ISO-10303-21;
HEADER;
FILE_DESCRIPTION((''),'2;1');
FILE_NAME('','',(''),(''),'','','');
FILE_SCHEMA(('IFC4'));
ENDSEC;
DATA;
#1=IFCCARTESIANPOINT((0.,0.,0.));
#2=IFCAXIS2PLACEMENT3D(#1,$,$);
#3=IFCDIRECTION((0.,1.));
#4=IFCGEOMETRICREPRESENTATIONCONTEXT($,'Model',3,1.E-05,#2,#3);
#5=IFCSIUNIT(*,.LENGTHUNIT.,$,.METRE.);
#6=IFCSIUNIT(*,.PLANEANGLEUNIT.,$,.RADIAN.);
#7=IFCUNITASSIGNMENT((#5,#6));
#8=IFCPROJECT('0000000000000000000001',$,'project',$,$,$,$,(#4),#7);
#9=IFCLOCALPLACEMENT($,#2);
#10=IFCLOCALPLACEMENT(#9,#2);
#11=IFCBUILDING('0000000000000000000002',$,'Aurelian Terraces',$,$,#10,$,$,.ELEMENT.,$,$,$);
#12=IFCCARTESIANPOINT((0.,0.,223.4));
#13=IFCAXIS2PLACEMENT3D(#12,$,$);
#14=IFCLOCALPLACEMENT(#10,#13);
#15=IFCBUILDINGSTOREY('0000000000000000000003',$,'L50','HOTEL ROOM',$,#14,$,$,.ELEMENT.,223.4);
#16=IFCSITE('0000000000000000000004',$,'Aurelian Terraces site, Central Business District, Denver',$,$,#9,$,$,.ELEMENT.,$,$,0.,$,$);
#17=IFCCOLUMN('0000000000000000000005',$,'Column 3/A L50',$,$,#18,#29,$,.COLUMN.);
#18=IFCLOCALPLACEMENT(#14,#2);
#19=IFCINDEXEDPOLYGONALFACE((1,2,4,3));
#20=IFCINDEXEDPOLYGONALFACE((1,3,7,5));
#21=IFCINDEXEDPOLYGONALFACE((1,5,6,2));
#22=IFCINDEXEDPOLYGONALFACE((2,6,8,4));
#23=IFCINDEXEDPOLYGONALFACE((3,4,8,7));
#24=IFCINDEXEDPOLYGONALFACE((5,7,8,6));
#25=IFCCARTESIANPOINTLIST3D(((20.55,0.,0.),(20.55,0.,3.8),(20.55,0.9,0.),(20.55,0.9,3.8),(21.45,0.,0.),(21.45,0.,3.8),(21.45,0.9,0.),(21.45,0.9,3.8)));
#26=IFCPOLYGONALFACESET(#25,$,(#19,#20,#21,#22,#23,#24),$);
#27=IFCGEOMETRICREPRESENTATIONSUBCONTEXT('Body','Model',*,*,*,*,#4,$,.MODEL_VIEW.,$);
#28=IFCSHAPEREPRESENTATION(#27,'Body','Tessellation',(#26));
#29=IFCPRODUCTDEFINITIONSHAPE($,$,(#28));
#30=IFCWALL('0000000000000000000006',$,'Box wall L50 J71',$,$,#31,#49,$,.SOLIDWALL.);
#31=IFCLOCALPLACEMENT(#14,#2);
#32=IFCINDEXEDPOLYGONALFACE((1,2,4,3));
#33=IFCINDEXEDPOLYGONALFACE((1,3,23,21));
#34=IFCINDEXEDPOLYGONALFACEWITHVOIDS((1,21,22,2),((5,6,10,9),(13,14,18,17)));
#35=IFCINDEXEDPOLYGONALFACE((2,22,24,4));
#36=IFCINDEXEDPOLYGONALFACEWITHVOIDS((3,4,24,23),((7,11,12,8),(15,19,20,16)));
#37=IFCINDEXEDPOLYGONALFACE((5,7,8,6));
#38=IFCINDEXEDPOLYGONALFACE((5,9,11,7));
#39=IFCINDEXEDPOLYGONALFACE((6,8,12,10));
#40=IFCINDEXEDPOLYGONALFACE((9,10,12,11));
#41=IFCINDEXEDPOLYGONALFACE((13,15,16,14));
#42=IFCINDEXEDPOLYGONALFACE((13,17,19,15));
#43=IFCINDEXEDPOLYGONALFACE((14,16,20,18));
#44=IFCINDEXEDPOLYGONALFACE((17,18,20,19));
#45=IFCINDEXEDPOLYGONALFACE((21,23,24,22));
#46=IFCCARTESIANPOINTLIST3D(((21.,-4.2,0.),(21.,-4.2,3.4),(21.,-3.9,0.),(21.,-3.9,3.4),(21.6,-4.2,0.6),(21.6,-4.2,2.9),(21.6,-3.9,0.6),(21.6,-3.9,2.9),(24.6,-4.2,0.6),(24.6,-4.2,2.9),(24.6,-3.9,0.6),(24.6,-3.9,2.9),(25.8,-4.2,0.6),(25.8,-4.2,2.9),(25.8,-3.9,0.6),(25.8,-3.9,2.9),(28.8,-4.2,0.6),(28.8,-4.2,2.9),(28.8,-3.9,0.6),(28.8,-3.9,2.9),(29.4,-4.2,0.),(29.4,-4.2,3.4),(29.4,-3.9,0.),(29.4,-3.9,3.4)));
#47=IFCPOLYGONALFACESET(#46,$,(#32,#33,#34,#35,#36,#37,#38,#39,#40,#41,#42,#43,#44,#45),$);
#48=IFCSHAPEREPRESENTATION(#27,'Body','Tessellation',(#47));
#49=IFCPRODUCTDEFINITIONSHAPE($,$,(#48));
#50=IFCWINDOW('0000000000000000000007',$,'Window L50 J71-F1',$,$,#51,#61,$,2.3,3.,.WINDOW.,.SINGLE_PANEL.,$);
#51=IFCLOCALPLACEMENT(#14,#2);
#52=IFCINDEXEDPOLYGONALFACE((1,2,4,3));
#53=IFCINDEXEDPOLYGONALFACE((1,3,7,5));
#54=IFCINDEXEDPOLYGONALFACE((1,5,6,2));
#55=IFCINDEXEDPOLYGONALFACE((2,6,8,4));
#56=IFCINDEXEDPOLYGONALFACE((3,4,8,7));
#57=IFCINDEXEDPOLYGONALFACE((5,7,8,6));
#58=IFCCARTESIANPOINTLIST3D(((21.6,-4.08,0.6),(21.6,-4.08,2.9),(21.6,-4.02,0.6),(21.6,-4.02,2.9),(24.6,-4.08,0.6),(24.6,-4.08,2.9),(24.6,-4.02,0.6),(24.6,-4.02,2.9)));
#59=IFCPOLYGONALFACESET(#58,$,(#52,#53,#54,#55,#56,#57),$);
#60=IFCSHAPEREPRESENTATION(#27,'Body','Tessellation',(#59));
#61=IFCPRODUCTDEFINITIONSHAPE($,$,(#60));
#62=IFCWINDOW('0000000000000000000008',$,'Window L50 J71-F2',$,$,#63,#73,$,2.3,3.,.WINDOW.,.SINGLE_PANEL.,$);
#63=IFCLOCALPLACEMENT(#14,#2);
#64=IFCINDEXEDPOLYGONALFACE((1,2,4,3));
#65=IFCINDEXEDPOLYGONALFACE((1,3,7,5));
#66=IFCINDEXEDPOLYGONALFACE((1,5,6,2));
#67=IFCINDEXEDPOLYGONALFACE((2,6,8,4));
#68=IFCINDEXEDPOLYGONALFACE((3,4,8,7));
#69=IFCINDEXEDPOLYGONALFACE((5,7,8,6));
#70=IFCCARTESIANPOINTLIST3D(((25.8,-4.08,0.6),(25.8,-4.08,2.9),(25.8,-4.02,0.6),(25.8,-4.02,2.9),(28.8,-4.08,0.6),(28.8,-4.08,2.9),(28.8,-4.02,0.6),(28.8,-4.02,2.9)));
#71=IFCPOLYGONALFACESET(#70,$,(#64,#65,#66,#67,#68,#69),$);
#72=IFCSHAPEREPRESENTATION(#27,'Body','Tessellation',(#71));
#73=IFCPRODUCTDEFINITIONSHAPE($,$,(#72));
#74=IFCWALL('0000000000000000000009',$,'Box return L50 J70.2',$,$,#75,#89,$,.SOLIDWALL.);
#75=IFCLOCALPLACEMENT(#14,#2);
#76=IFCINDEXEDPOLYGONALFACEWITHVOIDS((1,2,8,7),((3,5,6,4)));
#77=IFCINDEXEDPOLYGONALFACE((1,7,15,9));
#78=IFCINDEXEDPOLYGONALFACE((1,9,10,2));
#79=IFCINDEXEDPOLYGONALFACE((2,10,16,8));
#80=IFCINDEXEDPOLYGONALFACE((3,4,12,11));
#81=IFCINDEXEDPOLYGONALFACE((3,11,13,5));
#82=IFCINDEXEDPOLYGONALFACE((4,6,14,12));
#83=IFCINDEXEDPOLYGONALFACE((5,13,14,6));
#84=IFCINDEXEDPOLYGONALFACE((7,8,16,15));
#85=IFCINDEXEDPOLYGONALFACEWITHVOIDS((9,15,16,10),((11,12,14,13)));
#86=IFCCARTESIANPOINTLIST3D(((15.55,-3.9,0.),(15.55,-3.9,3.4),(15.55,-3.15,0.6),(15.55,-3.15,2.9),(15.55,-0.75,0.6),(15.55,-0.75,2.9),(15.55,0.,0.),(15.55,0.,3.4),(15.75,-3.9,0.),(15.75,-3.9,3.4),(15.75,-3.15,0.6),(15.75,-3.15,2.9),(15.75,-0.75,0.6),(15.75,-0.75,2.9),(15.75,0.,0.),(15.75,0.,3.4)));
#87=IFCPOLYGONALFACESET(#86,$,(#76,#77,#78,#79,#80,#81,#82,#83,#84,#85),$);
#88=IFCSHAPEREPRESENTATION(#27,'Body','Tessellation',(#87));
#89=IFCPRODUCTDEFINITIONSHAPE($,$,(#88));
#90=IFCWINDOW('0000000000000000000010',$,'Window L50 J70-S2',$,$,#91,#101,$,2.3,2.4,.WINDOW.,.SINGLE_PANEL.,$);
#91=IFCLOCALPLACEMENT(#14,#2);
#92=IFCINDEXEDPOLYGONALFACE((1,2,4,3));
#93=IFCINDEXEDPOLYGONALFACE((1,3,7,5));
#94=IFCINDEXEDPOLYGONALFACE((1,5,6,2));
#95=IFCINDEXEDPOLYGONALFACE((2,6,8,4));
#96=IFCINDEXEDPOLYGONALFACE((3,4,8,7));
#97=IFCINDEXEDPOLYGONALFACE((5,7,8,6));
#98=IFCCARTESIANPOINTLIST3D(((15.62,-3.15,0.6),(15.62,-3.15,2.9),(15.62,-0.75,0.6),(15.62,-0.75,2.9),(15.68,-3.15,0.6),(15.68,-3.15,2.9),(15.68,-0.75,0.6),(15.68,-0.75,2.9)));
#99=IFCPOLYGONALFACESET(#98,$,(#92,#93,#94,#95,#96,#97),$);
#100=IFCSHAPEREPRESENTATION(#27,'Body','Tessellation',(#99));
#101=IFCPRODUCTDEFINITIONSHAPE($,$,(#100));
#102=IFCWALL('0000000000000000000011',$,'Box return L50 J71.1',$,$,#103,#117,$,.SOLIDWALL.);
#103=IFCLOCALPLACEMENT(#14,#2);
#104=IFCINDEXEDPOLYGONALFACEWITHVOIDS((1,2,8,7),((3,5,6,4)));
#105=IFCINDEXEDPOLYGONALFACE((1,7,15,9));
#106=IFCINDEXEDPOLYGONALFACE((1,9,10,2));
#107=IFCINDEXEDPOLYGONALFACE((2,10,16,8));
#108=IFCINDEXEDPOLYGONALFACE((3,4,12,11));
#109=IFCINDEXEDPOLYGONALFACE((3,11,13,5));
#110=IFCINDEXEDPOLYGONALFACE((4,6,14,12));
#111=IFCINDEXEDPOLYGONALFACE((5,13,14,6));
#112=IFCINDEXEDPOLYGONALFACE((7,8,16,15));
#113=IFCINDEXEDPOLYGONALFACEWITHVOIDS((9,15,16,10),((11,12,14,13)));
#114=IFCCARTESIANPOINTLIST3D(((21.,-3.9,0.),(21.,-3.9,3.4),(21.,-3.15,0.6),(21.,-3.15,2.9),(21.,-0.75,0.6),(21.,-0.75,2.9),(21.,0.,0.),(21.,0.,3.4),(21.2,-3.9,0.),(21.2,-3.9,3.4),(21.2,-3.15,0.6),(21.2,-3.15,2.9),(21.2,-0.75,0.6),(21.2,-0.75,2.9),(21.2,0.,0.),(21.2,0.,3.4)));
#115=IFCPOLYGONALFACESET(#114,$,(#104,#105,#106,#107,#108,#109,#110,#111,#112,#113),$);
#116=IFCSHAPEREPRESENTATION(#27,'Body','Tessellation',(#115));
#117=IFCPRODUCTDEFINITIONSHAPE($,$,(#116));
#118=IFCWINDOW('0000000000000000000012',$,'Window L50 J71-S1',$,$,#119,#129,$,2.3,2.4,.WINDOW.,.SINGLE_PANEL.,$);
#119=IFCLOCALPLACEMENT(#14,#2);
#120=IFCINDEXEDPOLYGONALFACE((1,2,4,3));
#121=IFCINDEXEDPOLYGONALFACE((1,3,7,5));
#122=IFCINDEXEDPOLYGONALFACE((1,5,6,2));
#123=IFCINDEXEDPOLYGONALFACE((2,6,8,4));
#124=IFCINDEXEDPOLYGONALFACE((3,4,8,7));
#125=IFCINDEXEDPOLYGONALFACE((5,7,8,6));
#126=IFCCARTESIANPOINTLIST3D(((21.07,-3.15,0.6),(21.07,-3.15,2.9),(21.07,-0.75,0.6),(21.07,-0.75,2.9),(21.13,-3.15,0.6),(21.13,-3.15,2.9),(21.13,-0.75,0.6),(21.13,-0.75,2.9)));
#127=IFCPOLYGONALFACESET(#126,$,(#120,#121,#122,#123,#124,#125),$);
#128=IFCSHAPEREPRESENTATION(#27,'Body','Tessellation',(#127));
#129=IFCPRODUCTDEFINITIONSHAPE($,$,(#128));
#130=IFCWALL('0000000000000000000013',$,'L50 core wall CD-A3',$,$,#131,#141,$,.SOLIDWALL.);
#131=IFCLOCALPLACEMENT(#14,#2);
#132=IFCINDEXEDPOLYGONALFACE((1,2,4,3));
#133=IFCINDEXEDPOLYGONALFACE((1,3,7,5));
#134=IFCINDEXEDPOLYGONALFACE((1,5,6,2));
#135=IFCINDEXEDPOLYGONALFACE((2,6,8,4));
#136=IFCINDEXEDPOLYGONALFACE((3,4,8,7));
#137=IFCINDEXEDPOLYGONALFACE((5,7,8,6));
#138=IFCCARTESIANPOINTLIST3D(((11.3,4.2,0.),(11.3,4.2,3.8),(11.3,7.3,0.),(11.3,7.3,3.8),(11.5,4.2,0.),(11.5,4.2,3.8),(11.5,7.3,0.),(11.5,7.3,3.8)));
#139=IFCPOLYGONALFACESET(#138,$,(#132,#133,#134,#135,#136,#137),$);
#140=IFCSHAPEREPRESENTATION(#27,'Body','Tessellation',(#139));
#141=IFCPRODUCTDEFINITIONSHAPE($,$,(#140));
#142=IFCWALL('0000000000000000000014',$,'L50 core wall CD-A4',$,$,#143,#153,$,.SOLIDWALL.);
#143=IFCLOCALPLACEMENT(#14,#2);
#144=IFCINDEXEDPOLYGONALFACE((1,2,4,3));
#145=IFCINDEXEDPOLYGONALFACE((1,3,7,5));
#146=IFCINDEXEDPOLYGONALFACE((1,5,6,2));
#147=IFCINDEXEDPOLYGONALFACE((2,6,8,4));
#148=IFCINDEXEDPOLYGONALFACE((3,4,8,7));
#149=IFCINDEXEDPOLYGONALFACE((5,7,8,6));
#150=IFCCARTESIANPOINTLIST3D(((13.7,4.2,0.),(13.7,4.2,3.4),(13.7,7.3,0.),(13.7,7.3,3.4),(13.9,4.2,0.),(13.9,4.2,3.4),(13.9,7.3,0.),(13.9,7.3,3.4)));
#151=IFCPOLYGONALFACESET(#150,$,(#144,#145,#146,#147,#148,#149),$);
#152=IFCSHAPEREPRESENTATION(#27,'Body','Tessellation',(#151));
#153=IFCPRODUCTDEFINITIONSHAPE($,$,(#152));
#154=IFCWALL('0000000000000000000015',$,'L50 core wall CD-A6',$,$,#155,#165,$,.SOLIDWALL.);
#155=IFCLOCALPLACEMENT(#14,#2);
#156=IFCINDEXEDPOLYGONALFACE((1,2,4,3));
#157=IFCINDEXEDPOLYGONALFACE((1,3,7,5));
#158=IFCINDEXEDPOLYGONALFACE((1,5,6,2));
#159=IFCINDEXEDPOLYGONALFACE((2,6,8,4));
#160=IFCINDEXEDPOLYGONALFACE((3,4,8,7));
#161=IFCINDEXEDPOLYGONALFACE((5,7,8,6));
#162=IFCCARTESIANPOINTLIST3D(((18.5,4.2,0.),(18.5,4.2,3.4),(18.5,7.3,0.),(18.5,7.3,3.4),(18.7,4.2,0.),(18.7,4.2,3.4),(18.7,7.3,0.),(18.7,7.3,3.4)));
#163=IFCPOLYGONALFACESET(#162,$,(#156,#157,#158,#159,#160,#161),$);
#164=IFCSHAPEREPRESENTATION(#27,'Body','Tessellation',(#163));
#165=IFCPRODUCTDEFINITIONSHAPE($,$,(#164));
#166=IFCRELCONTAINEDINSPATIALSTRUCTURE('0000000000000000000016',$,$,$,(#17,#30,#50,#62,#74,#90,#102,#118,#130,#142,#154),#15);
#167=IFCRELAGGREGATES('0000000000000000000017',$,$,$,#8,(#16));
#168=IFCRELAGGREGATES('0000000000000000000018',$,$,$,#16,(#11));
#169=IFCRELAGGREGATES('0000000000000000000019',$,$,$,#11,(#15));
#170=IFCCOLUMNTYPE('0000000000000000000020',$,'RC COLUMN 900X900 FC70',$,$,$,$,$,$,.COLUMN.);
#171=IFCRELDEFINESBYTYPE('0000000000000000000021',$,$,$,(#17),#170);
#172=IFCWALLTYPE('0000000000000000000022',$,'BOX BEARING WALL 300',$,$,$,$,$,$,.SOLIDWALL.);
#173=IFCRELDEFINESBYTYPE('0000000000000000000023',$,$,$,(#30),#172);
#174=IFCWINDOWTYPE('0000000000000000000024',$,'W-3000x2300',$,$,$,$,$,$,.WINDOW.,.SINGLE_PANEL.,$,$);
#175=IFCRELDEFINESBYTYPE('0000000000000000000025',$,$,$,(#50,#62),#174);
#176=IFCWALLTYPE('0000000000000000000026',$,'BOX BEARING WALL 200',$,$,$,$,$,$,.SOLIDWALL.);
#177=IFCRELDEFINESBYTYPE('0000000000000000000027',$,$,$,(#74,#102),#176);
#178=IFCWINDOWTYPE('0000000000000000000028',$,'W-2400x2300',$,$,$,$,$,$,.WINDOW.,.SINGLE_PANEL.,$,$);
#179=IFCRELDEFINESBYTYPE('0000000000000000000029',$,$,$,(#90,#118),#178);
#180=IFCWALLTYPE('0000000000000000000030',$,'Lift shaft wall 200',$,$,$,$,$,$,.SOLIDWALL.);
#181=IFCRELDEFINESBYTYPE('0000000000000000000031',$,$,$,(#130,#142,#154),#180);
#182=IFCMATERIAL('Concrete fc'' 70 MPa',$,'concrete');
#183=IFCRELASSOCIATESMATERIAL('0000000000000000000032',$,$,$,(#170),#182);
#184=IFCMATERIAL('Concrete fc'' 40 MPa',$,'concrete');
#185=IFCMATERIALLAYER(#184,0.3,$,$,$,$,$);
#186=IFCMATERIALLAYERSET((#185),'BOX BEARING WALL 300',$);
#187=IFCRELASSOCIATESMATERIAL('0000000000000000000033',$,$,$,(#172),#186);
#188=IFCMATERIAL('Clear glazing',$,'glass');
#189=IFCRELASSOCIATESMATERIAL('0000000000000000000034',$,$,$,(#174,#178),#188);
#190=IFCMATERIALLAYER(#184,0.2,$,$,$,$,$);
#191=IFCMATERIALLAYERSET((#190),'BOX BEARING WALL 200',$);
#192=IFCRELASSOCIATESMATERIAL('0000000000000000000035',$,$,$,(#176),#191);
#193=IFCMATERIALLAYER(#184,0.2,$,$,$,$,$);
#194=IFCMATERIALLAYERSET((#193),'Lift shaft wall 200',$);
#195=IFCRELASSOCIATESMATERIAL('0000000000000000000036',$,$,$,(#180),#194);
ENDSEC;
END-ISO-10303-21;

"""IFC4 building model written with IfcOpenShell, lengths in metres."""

from ifc_helpers import new_model, si_unit, direction, frame, frame_2d, origin, origin_2d, place, context, subcontext, project, spatial, rectangle, extrude, source, transform, mapped, material, layer, layer_set, material_profile, profile_set, type_object, element, fill, save


model = new_model("IFC4")

# Units and contexts
model_context = context("Model", 3, precision=1e-05, world=origin(), true_north=direction((0.0, 1.0)))
body_context = subcontext(model_context, "Body", "Model", "MODEL_VIEW")
ifc_project = project(units=[si_unit("LENGTHUNIT", "METRE"), si_unit("PLANEANGLEUNIT", "RADIAN")], contexts=[model_context])

# Site, building, storey
site_placement = place(None, origin())
site = spatial("IfcSite", under=ifc_project, at=site_placement, Name="Aurelian Terraces site, Central Business District, Denver", CompositionType="ELEMENT", RefElevation=0.0)
building_placement = place(site_placement, origin())
building = spatial("IfcBuilding", under=site, at=building_placement, Name="Aurelian Terraces", CompositionType="ELEMENT")
storey_placement = place(building_placement, frame((0.0, 0.0, 223.4)))
storey = spatial("IfcBuildingStorey", under=building, at=storey_placement, Name="L50", Description="HOTEL ROOM", CompositionType="ELEMENT", Elevation=223.4)

# Column
ifc_material_1 = material(Name="Concrete fc' 70 MPa", Category="concrete")
ifc_material_profile = material_profile(ifc_material_1, rectangle(XDim=0.9, YDim=0.9, at=origin_2d()))
ifc_profile_set = profile_set([ifc_material_profile], Name="Concrete fc' 70 MPa")
column_type = type_object("IfcColumnType", Name="RC COLUMN 900X900 FC70", PredefinedType="COLUMN", material=ifc_profile_set)
shared_shape_1 = source(origin(), body_context, "Body", "SweptSolid", [
    extrude(rectangle(XDim=0.9, YDim=0.9, at=origin_2d()), origin(), (0.0, 0.0, 1.0), 3.8),
])
column_placement = place(storey_placement, frame((21.0, 0.45, 0.0), z_axis=(0.0, 0.0, 1.0), x_axis=(1.0, 0.0, 0.0)))
element("IfcColumn", 1, at=column_placement, inside=storey, type_object=column_type, Name="Column 3/A L50", PredefinedType="COLUMN", context=body_context, shape_type="MappedRepresentation", body=[
    mapped(shared_shape_1, transform((0.0, 0.0, 0.0), scale=1.0)),
])

# Wall, openings, windows
ifc_material_2 = material(Name="Concrete fc' 40 MPa", Category="concrete")
ifc_layer_1 = layer(ifc_material_2, 0.3)
ifc_layer_set_1 = layer_set([ifc_layer_1], Name="BOX BEARING WALL 300")
wall_type_1 = type_object("IfcWallType", Name="BOX BEARING WALL 300", PredefinedType="SOLIDWALL", material=ifc_layer_set_1)
wall_1_placement = place(storey_placement, frame((21.0, -4.05, 0.0), z_axis=(0.0, 0.0, 1.0), x_axis=(1.0, 0.0, 0.0)))
wall_1 = element("IfcWall", 2, at=wall_1_placement, inside=storey, type_object=wall_type_1, Name="Box wall L50 J71", PredefinedType="SOLIDWALL", context=body_context, shape_type="SweptSolid", body=[
    extrude(rectangle(XDim=8.4, YDim=0.3, at=frame_2d((4.2, 0.0))), origin(), (0.0, 0.0, 1.0), 3.4),
])
shared_shape_2 = source(origin(), body_context, "Body", "SweptSolid", [
    extrude(rectangle(XDim=3.0, YDim=2.3, at=frame_2d((1.5, 1.15))), frame((0.0, 0.16, 0.0), z_axis=(0.0, -1.0, 0.0), x_axis=(1.0, 0.0, 0.0)), (0.0, 0.0, 1.0), 0.32),
])
opening_1_placement = place(wall_1_placement, frame((0.6, 0.0, 0.6)))
opening_1 = element("IfcOpeningElement", 3, at=opening_1_placement, cuts=wall_1, PredefinedType="OPENING", context=body_context, shape_type="MappedRepresentation", body=[
    mapped(shared_shape_2, transform((0.0, 0.0, 0.0), scale=1.0)),
])
opening_2_placement = place(wall_1_placement, frame((4.8, 0.0, 0.6)))
opening_2 = element("IfcOpeningElement", 4, at=opening_2_placement, cuts=wall_1, PredefinedType="OPENING", context=body_context, shape_type="MappedRepresentation", body=[
    mapped(shared_shape_2, transform((0.0, 0.0, 0.0), scale=1.0)),
])
ifc_material_3 = material(Name="Clear glazing", Category="glass")
window_type_1 = type_object("IfcWindowType", Name="W-3000x2300", PartitioningType="SINGLE_PANEL", PredefinedType="WINDOW", material=ifc_material_3)
shared_shape_3 = source(origin(), body_context, "Body", "SweptSolid", [
    extrude(rectangle(XDim=3.0, YDim=2.3, at=frame_2d((1.5, 1.15))), frame((0.0, 0.03, 0.0), z_axis=(0.0, -1.0, 0.0), x_axis=(1.0, 0.0, 0.0)), (0.0, 0.0, 1.0), 0.06),
])
window_1_placement = place(opening_1_placement, origin())
window_1 = element("IfcWindow", 5, at=window_1_placement, inside=storey, type_object=window_type_1, Name="Window L50 J71-F1", OverallHeight=2.3, OverallWidth=3.0, PartitioningType="SINGLE_PANEL", PredefinedType="WINDOW", context=body_context, shape_type="MappedRepresentation", body=[
    mapped(shared_shape_3, transform((0.0, 0.0, 0.0), scale=1.0)),
])
fill(opening_1, window_1)
window_2_placement = place(opening_2_placement, origin())
window_2 = element("IfcWindow", 6, at=window_2_placement, inside=storey, type_object=window_type_1, Name="Window L50 J71-F2", OverallHeight=2.3, OverallWidth=3.0, PartitioningType="SINGLE_PANEL", PredefinedType="WINDOW", context=body_context, shape_type="MappedRepresentation", body=[
    mapped(shared_shape_3, transform((0.0, 0.0, 0.0), scale=1.0)),
])
fill(opening_2, window_2)

# Walls, openings, windows
ifc_layer_2 = layer(ifc_material_2, 0.2)
ifc_layer_set_2 = layer_set([ifc_layer_2], Name="BOX BEARING WALL 200")
wall_type_2 = type_object("IfcWallType", Name="BOX BEARING WALL 200", PredefinedType="SOLIDWALL", material=ifc_layer_set_2)
shared_shape_4 = source(origin(), body_context, "Body", "SweptSolid", [
    extrude(rectangle(XDim=3.9, YDim=0.2, at=frame_2d((1.95, 0.0))), origin(), (0.0, 0.0, 1.0), 3.4),
])
wall_2_placement = place(storey_placement, frame((15.65, 0.0, 0.0), z_axis=(0.0, 0.0, 1.0), x_axis=(0.0, -1.0, 0.0)))
wall_2 = element("IfcWall", 7, at=wall_2_placement, inside=storey, type_object=wall_type_2, Name="Box return L50 J70.2", PredefinedType="SOLIDWALL", context=body_context, shape_type="MappedRepresentation", body=[
    mapped(shared_shape_4, transform((0.0, 0.0, 0.0), scale=1.0)),
])
shared_shape_5 = source(origin(), body_context, "Body", "SweptSolid", [
    extrude(rectangle(XDim=2.4, YDim=2.3, at=frame_2d((1.2, 1.15))), frame((0.0, 0.11, 0.0), z_axis=(0.0, -1.0, 0.0), x_axis=(1.0, 0.0, 0.0)), (0.0, 0.0, 1.0), 0.22),
])
opening_3_placement = place(wall_2_placement, frame((0.75, 0.0, 0.6)))
opening_3 = element("IfcOpeningElement", 8, at=opening_3_placement, cuts=wall_2, PredefinedType="OPENING", context=body_context, shape_type="MappedRepresentation", body=[
    mapped(shared_shape_5, transform((0.0, 0.0, 0.0), scale=1.0)),
])
window_type_2 = type_object("IfcWindowType", Name="W-2400x2300", PartitioningType="SINGLE_PANEL", PredefinedType="WINDOW", material=ifc_material_3)
shared_shape_6 = source(origin(), body_context, "Body", "SweptSolid", [
    extrude(rectangle(XDim=2.4, YDim=2.3, at=frame_2d((1.2, 1.15))), frame((0.0, 0.03, 0.0), z_axis=(0.0, -1.0, 0.0), x_axis=(1.0, 0.0, 0.0)), (0.0, 0.0, 1.0), 0.06),
])
window_3_placement = place(opening_3_placement, origin())
window_3 = element("IfcWindow", 9, at=window_3_placement, inside=storey, type_object=window_type_2, Name="Window L50 J70-S2", OverallHeight=2.3, OverallWidth=2.4, PartitioningType="SINGLE_PANEL", PredefinedType="WINDOW", context=body_context, shape_type="MappedRepresentation", body=[
    mapped(shared_shape_6, transform((0.0, 0.0, 0.0), scale=1.0)),
])
fill(opening_3, window_3)
wall_3_placement = place(storey_placement, frame((21.1, 0.0, 0.0), z_axis=(0.0, 0.0, 1.0), x_axis=(0.0, -1.0, 0.0)))
wall_3 = element("IfcWall", 10, at=wall_3_placement, inside=storey, type_object=wall_type_2, Name="Box return L50 J71.1", PredefinedType="SOLIDWALL", context=body_context, shape_type="MappedRepresentation", body=[
    mapped(shared_shape_4, transform((0.0, 0.0, 0.0), scale=1.0)),
])
opening_4_placement = place(wall_3_placement, frame((0.75, 0.0, 0.6)))
opening_4 = element("IfcOpeningElement", 11, at=opening_4_placement, cuts=wall_3, PredefinedType="OPENING", context=body_context, shape_type="MappedRepresentation", body=[
    mapped(shared_shape_5, transform((0.0, 0.0, 0.0), scale=1.0)),
])
window_4_placement = place(opening_4_placement, origin())
window_4 = element("IfcWindow", 12, at=window_4_placement, inside=storey, type_object=window_type_2, Name="Window L50 J71-S1", OverallHeight=2.3, OverallWidth=2.4, PartitioningType="SINGLE_PANEL", PredefinedType="WINDOW", context=body_context, shape_type="MappedRepresentation", body=[
    mapped(shared_shape_6, transform((0.0, 0.0, 0.0), scale=1.0)),
])
fill(opening_4, window_4)

# Walls
ifc_layer_3 = layer(ifc_material_2, 0.2)
ifc_layer_set_3 = layer_set([ifc_layer_3], Name="Lift shaft wall 200")
wall_type_3 = type_object("IfcWallType", Name="Lift shaft wall 200", PredefinedType="SOLIDWALL", material=ifc_layer_set_3)
shared_shape_7 = source(origin(), body_context, "Body", "SweptSolid", [
    extrude(rectangle(XDim=3.1, YDim=0.2, at=frame_2d((1.55, 0.0))), origin(), (0.0, 0.0, 1.0), 3.8),
])
wall_4_placement = place(storey_placement, frame((11.4, 4.2, 0.0), z_axis=(0.0, 0.0, 1.0), x_axis=(0.0, 1.0, 0.0)))
element("IfcWall", 13, at=wall_4_placement, inside=storey, type_object=wall_type_3, Name="L50 core wall CD-A3", PredefinedType="SOLIDWALL", context=body_context, shape_type="MappedRepresentation", body=[
    mapped(shared_shape_7, transform((0.0, 0.0, 0.0), scale=1.0)),
])
shared_shape_8 = source(origin(), body_context, "Body", "SweptSolid", [
    extrude(rectangle(XDim=3.1, YDim=0.2, at=frame_2d((1.55, 0.0))), origin(), (0.0, 0.0, 1.0), 3.4),
])
for number, where, z_axis, x_axis, name in (
    (14, (13.8, 4.2, 0.0), (0.0, 0.0, 1.0), (0.0, 1.0, 0.0), "L50 core wall CD-A4"),
    (15, (18.6, 4.2, 0.0), (0.0, 0.0, 1.0), (0.0, 1.0, 0.0), "L50 core wall CD-A6"),
):
    element("IfcWall", number, at=place(storey_placement, frame(where, z_axis=z_axis, x_axis=x_axis)), inside=storey, type_object=wall_type_3, Name=name, PredefinedType="SOLIDWALL", context=body_context, shape_type="MappedRepresentation", body=[
        mapped(shared_shape_8, transform((0.0, 0.0, 0.0), scale=1.0)),
    ])

save(model, "model.ifc")
